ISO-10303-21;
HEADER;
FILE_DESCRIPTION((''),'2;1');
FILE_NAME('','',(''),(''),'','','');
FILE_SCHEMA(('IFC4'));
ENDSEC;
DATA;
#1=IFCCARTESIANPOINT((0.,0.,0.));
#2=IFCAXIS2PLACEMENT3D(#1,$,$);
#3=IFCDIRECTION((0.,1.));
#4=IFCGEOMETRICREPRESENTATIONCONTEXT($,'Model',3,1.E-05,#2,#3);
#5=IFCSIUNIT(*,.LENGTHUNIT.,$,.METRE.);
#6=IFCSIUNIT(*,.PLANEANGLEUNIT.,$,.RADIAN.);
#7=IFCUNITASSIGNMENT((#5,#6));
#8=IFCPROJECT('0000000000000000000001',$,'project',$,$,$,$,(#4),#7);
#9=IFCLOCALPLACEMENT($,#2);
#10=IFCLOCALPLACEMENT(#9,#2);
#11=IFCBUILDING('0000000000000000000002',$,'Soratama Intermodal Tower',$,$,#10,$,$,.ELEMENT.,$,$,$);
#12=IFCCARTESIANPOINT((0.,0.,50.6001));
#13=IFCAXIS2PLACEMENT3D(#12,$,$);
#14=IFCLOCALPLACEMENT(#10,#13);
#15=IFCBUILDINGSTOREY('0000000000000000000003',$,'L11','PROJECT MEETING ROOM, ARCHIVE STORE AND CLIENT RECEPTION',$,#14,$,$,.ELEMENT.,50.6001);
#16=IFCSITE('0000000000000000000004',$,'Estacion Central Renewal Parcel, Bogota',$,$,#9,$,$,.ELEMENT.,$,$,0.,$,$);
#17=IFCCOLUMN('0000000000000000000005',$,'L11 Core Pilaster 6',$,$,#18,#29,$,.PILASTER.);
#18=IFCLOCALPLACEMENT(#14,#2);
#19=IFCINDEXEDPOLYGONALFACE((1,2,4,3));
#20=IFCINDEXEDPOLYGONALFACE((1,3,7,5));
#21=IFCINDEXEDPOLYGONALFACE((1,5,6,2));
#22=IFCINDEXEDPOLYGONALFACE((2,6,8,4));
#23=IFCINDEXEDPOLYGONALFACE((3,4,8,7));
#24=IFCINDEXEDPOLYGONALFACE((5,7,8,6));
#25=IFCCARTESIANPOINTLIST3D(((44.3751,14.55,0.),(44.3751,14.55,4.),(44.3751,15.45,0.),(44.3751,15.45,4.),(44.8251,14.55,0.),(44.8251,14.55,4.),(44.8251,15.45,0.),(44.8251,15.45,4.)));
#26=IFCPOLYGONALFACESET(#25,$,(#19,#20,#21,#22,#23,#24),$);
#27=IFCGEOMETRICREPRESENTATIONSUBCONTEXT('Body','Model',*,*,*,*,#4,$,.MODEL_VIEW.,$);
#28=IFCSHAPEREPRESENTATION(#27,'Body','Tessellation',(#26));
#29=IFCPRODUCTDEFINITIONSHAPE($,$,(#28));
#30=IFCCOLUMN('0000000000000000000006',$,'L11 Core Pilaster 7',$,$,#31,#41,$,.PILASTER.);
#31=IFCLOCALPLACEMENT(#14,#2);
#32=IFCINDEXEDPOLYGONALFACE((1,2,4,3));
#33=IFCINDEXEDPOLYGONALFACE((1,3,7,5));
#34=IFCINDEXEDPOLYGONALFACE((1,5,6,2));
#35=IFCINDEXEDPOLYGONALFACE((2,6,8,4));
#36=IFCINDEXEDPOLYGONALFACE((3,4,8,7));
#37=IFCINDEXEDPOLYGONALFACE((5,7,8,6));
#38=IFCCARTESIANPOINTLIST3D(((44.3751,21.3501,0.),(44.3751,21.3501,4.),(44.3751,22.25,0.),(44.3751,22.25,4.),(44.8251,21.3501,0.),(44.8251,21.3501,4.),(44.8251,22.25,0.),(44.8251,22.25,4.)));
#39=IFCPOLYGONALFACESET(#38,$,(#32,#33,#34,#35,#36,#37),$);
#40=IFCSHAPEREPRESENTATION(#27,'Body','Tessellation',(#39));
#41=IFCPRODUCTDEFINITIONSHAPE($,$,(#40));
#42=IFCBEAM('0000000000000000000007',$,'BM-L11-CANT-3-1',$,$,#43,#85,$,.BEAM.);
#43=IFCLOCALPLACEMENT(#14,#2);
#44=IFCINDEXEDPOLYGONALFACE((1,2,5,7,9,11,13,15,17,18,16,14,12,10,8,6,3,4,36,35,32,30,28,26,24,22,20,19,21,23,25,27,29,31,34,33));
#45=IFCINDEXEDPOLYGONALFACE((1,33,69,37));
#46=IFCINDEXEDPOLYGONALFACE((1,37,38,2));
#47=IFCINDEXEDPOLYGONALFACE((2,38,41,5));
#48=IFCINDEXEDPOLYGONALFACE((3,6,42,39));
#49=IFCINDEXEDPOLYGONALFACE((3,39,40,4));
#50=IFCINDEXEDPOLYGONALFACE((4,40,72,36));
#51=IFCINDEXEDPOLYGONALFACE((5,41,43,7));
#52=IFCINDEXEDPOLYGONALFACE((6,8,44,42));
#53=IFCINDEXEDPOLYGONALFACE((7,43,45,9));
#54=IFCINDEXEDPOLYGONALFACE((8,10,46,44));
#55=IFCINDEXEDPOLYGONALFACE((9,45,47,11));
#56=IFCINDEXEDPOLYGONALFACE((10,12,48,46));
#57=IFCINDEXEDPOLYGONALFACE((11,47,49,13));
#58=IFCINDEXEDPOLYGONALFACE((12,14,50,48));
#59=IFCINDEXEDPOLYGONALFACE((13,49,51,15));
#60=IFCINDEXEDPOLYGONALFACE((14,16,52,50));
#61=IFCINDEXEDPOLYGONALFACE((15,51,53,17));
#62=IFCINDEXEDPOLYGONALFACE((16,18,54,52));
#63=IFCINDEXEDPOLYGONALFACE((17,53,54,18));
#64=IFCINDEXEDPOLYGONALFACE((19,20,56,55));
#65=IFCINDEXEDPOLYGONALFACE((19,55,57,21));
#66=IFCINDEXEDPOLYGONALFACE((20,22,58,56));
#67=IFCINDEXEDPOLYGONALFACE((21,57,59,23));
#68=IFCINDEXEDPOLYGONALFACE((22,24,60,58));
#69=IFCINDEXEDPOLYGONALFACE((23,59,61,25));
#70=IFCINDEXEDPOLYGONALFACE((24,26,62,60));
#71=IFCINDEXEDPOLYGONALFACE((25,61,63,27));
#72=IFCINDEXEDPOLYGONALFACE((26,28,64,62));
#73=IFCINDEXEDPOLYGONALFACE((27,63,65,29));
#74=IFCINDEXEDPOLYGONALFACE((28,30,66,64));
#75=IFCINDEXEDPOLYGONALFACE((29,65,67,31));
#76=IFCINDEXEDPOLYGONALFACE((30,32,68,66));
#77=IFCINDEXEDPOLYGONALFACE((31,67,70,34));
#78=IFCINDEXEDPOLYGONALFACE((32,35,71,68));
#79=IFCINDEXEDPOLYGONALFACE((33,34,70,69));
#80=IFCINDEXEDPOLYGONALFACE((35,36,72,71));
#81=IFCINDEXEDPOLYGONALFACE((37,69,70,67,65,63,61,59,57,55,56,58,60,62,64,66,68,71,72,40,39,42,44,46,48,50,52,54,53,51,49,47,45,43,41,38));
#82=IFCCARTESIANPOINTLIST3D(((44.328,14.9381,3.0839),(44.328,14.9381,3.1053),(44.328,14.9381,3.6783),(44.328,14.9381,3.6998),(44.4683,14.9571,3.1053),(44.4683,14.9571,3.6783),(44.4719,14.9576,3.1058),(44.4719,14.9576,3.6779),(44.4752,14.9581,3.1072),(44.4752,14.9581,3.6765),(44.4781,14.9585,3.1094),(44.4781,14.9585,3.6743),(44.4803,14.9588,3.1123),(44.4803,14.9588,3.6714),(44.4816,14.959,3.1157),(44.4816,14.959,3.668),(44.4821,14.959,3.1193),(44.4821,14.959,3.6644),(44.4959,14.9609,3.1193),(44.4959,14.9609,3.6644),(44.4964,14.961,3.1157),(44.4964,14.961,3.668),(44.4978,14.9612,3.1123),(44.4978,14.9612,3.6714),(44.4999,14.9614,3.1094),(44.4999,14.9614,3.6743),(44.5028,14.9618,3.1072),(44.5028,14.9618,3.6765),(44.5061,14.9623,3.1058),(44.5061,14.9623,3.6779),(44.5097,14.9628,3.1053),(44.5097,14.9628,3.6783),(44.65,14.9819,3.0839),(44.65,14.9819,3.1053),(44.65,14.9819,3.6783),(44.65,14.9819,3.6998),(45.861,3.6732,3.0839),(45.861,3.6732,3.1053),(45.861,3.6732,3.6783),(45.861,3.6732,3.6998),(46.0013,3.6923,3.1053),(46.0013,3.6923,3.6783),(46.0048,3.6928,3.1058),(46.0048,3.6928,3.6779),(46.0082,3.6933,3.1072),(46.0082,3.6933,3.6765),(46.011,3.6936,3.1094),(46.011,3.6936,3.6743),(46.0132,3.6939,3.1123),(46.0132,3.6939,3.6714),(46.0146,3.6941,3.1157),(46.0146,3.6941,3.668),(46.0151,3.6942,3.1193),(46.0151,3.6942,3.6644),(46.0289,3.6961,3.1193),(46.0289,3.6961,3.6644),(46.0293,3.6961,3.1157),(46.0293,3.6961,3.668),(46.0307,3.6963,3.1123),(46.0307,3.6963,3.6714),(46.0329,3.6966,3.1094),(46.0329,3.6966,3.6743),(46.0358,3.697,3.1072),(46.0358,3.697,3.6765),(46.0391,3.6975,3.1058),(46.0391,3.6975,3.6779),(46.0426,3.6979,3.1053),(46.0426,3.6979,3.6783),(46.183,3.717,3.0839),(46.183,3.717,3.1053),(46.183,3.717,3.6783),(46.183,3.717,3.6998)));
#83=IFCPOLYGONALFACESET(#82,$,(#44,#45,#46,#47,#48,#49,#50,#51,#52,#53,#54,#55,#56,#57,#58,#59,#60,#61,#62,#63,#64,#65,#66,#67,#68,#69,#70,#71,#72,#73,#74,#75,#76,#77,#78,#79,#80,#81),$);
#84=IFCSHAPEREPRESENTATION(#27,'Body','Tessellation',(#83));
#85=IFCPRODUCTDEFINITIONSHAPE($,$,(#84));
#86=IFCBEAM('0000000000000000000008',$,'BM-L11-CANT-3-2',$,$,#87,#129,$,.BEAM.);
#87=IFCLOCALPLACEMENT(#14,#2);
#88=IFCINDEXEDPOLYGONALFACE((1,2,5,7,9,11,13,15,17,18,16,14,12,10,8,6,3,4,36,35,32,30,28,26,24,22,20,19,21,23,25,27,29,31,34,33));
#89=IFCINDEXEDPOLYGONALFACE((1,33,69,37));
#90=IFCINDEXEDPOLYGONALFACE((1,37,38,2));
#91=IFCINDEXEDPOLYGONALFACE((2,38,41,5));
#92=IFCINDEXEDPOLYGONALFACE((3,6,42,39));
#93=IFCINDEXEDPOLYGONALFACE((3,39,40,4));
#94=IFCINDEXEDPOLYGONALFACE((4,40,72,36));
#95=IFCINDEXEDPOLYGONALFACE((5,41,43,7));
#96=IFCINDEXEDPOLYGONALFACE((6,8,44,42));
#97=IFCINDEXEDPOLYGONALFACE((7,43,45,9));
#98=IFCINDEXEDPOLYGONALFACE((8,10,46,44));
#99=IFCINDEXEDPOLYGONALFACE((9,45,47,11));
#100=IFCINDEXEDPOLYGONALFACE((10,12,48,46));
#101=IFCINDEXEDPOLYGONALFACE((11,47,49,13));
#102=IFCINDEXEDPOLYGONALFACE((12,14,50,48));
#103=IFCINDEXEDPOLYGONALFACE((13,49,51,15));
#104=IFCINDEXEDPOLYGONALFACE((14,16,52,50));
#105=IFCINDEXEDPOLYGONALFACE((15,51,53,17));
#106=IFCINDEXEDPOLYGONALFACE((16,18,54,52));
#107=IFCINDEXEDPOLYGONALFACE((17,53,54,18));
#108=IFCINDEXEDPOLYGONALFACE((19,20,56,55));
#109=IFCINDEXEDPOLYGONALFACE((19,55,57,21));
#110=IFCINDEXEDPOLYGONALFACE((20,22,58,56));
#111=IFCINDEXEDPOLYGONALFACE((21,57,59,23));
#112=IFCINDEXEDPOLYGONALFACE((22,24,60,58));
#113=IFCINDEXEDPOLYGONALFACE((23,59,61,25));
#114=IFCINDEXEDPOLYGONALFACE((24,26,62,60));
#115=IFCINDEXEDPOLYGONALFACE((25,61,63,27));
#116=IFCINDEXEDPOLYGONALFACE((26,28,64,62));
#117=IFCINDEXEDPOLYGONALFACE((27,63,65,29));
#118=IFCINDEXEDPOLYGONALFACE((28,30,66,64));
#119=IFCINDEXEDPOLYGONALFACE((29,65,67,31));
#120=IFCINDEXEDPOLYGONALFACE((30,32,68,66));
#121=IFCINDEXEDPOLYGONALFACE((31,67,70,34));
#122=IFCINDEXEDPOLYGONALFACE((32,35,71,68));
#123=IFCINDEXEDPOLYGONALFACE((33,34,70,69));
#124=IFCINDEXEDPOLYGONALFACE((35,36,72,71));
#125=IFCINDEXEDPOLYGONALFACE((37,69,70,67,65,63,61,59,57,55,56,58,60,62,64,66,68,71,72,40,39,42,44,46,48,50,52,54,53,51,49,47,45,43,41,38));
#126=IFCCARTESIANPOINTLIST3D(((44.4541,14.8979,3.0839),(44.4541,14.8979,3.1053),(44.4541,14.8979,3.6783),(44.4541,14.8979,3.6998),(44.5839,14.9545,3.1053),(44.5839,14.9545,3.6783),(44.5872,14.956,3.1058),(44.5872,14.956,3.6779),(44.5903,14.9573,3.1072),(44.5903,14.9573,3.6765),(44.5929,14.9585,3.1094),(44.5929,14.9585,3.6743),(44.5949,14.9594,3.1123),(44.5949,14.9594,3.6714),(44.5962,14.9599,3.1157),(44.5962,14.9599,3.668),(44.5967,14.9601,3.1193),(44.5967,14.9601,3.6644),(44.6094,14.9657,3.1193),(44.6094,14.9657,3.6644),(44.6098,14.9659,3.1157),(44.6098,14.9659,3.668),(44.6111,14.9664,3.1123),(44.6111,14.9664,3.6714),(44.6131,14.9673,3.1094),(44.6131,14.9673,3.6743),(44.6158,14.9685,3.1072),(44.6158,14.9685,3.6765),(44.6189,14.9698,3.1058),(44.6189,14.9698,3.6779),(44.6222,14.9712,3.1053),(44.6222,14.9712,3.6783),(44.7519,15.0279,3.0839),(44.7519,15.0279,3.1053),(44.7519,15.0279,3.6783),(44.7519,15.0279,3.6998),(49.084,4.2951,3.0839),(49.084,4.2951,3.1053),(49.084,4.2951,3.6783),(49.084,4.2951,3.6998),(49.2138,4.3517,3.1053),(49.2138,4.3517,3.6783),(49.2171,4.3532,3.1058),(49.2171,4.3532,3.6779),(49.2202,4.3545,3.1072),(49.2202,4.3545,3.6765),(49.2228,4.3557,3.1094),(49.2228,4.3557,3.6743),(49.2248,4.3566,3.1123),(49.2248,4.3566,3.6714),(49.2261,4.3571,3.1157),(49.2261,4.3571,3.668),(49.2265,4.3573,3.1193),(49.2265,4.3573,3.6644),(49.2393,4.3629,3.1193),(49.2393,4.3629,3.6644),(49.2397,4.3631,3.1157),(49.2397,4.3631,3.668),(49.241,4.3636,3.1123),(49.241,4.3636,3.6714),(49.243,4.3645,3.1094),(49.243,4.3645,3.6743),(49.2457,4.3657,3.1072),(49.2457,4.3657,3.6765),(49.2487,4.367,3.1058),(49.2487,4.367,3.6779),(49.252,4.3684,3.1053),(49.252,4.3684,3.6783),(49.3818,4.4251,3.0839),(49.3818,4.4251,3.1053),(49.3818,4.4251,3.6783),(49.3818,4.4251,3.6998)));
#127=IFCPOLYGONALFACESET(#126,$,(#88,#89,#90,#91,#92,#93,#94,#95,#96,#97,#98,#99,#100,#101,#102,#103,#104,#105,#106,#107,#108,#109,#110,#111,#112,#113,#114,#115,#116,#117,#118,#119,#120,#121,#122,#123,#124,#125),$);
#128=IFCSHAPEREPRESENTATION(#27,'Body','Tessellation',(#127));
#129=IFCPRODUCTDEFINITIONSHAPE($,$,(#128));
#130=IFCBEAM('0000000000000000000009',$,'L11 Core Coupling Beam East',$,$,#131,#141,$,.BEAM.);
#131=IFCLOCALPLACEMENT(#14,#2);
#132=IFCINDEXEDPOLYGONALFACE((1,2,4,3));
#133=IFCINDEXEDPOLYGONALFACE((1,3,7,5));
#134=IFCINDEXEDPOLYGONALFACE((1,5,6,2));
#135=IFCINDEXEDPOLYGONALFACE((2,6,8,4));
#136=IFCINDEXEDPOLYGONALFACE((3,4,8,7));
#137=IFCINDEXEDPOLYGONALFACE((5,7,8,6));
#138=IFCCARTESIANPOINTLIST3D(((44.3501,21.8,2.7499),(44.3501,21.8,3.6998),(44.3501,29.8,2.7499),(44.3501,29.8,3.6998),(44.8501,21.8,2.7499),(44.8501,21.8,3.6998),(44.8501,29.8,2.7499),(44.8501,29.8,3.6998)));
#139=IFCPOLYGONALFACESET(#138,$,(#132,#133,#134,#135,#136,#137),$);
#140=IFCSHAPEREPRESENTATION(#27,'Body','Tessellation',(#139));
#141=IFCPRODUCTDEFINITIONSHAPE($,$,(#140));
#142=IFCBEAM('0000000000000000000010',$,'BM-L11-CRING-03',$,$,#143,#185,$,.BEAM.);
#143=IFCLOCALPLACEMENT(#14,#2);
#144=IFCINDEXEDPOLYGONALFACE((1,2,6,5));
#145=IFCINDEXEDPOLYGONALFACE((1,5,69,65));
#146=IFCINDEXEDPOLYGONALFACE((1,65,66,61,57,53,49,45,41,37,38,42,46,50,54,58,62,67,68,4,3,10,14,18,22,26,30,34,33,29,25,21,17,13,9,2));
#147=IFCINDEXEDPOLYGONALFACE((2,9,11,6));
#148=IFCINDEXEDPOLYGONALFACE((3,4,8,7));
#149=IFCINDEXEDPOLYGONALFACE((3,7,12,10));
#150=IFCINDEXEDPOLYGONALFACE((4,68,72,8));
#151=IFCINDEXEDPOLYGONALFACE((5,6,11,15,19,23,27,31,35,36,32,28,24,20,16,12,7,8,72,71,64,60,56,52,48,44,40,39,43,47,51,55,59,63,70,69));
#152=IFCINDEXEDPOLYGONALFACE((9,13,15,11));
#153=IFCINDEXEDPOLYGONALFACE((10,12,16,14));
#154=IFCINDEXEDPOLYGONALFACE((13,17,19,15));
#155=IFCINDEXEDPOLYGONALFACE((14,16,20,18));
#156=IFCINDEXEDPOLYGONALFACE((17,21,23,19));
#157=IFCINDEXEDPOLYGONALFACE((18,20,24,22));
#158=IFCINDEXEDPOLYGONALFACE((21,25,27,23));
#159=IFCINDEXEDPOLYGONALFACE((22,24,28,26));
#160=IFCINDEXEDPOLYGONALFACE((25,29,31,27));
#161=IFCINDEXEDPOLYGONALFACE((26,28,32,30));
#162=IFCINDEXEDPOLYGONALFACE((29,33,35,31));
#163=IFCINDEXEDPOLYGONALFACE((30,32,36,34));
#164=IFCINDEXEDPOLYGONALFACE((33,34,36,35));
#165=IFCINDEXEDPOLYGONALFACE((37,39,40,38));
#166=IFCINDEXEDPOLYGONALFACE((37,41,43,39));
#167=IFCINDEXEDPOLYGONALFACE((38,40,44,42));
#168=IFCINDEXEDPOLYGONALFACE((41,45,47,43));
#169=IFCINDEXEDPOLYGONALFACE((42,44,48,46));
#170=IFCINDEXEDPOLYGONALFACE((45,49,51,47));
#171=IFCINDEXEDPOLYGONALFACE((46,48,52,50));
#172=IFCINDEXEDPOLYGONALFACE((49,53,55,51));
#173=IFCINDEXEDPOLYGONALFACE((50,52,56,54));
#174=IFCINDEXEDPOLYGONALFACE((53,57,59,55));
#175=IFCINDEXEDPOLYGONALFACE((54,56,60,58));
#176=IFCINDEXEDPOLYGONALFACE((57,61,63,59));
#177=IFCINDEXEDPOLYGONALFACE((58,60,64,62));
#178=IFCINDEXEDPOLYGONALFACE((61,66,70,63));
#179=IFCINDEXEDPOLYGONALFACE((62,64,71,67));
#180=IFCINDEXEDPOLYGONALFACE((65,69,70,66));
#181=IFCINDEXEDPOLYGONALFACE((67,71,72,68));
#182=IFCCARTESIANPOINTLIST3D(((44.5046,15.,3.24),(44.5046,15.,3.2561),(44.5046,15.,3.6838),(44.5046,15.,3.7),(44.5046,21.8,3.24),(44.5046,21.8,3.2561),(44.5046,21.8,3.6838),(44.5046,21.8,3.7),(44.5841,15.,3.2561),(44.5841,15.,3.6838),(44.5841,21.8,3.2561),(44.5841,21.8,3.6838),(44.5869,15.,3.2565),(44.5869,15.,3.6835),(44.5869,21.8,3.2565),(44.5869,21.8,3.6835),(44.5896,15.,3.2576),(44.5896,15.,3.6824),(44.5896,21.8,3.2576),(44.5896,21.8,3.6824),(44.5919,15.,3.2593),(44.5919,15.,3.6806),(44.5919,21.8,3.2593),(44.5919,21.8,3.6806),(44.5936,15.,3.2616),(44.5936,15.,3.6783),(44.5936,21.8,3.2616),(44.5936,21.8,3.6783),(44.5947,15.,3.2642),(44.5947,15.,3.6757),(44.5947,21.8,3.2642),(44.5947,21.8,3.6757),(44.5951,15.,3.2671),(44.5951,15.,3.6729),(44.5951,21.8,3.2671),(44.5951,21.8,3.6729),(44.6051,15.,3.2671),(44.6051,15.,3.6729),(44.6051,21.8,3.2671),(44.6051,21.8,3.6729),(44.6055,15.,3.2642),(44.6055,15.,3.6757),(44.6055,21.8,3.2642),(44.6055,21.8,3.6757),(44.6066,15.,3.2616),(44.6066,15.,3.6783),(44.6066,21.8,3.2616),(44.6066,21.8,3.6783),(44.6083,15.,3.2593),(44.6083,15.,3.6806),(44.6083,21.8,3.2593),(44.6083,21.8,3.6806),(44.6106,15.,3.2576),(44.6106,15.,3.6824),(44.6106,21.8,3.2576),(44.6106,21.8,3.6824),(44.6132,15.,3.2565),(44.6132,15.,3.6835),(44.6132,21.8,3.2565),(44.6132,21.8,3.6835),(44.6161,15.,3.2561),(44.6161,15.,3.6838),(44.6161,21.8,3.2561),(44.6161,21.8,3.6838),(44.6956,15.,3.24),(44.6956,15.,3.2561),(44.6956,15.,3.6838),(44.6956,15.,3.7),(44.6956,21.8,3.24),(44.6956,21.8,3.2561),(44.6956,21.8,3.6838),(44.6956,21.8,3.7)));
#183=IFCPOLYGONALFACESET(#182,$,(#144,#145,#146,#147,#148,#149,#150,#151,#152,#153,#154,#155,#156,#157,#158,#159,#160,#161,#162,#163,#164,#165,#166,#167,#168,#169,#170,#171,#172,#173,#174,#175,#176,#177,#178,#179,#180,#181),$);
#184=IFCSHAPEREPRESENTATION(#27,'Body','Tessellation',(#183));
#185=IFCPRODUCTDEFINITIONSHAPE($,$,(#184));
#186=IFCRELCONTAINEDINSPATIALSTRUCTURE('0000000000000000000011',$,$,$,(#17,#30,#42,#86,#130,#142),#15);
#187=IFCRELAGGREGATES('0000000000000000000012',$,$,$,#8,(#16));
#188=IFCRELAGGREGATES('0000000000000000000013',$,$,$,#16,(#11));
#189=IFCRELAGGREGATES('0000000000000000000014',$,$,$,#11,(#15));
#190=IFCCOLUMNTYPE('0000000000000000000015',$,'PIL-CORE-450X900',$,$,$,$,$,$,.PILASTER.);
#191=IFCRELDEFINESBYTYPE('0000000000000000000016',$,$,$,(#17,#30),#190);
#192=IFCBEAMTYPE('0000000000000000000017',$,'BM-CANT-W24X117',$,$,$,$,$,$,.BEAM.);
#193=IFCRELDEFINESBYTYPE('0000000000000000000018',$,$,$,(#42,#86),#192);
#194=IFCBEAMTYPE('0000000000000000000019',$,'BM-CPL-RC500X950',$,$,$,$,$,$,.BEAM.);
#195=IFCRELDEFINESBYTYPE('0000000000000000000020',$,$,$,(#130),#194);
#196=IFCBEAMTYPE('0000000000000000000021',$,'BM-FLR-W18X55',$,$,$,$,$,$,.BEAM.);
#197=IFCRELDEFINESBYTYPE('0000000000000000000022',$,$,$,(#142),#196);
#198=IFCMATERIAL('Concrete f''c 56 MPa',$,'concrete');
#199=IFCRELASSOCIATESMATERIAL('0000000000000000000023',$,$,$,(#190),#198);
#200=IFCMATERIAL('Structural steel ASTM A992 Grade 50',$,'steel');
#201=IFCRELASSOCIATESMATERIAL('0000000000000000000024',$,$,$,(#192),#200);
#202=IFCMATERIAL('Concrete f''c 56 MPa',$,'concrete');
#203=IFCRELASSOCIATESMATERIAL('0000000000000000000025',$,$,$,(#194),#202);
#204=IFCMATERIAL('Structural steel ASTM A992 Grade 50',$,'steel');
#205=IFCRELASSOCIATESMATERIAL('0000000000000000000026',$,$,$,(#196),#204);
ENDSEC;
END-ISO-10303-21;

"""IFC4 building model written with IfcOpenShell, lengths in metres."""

from ifc_helpers import new_model, si_unit, direction, frame, origin, origin_2d, place, context, subcontext, project, spatial, rectangle, i_section, extrude, material, material_profile, profile_set, type_object, element, save


model = new_model("IFC4")

# Units and contexts
model_context = context("Model", 3, precision=1e-05, world=origin(), true_north=direction((0.0, 1.0)))
body_context = subcontext(model_context, "Body", "Model", "MODEL_VIEW")
ifc_project = project(units=[si_unit("LENGTHUNIT", "METRE"), si_unit("PLANEANGLEUNIT", "RADIAN")], contexts=[model_context])

# Site, building, storey
site_placement = place(None, origin())
site = spatial("IfcSite", under=ifc_project, at=site_placement, Name="Estacion Central Renewal Parcel, Bogota", CompositionType="ELEMENT", RefElevation=0.0)
building_placement = place(site_placement, origin())
building = spatial("IfcBuilding", under=site, at=building_placement, Name="Soratama Intermodal Tower", CompositionType="ELEMENT")
storey_placement = place(building_placement, frame((0.0, 0.0, 50.6001)))
storey = spatial("IfcBuildingStorey", under=building, at=storey_placement, Name="L11", Description="PROJECT MEETING ROOM, ARCHIVE STORE AND CLIENT RECEPTION", CompositionType="ELEMENT", Elevation=50.6001)

# Columns
ifc_material_1 = material(Name="Concrete f'c 56 MPa", Category="concrete")
ifc_material_profile_1 = material_profile(ifc_material_1, rectangle(XDim=0.45, YDim=0.8999, at=origin_2d()), Name="RC450X900")
ifc_profile_set_1 = profile_set([ifc_material_profile_1], Name="Concrete f'c 56 MPa")
column_type = type_object("IfcColumnType", Name="PIL-CORE-450X900", PredefinedType="PILASTER", material=ifc_profile_set_1)
for number, where, z_axis, x_axis, name in (
    (1, (44.6001, 15.0, 0.0), (0.0, 0.0, 1.0), (1.0, 0.0, 0.0), "L11 Core Pilaster 6"),
    (2, (44.6001, 21.8, 0.0), (0.0, 0.0, 1.0), (1.0, 0.0, 0.0), "L11 Core Pilaster 7"),
):
    element("IfcColumn", number, at=place(storey_placement, frame(where, z_axis=z_axis, x_axis=x_axis)), inside=storey, type_object=column_type, Name=name, PredefinedType="PILASTER", context=body_context, shape_type="SweptSolid", body=[
        extrude(rectangle(XDim=0.45, YDim=0.8999, at=origin_2d()), origin(), (0.0, 0.0, 1.0), 4.0),
    ])

# Beams
ifc_material_2 = material(Name="Structural steel ASTM A992 Grade 50", Category="steel")
ifc_material_profile_2 = material_profile(ifc_material_2, i_section(OverallWidth=0.325, OverallDepth=0.616, WebThickness=0.0139, FlangeThickness=0.0215, FilletRadius=0.0139, at=origin_2d()), Name="W24X117")
ifc_profile_set_2 = profile_set([ifc_material_profile_2], Name="Structural steel ASTM A992 Grade 50")
beam_type_1 = type_object("IfcBeamType", Name="BM-CANT-W24X117", PredefinedType="BEAM", material=ifc_profile_set_2)
beam_1_placement = place(storey_placement, frame((44.489, 14.96, 3.3918), z_axis=(0.13484, -0.990867, 0.0), x_axis=(0.990867, 0.13484, 0.0)))
element("IfcBeam", 3, at=beam_1_placement, inside=storey, type_object=beam_type_1, Name="BM-L11-CANT-3-1", PredefinedType="BEAM", context=body_context, shape_type="SweptSolid", body=[
    extrude(i_section(OverallWidth=0.325, OverallDepth=0.616, WebThickness=0.0139, FlangeThickness=0.0215, FilletRadius=0.0139, at=origin_2d()), origin(), (0.0, 0.0, 1.0), 11.3687),
])
beam_2_placement = place(storey_placement, frame((44.603, 14.9629, 3.3918), z_axis=(0.400178, -0.916438, 0.0), x_axis=(0.916438, 0.400178, 0.0)))
element("IfcBeam", 4, at=beam_2_placement, inside=storey, type_object=beam_type_1, Name="BM-L11-CANT-3-2", PredefinedType="BEAM", context=body_context, shape_type="SweptSolid", body=[
    extrude(i_section(OverallWidth=0.325, OverallDepth=0.616, WebThickness=0.0139, FlangeThickness=0.0215, FilletRadius=0.0139, at=origin_2d()), origin(), (0.0, 0.0, 1.0), 11.5696),
])
ifc_material_3 = material(Name="Concrete f'c 56 MPa", Category="concrete")
ifc_material_profile_3 = material_profile(ifc_material_3, rectangle(XDim=0.5, YDim=0.95, at=origin_2d()), Name="RC500X950")
ifc_profile_set_3 = profile_set([ifc_material_profile_3], Name="Concrete f'c 56 MPa")
beam_type_2 = type_object("IfcBeamType", Name="BM-CPL-RC500X950", PredefinedType="BEAM", material=ifc_profile_set_3)
beam_3_placement = place(storey_placement, frame((44.6001, 21.8, 3.2249), z_axis=(0.0, 1.0, 0.0), x_axis=(-1.0, 0.0, 0.0)))
element("IfcBeam", 5, at=beam_3_placement, inside=storey, type_object=beam_type_2, Name="L11 Core Coupling Beam East", PredefinedType="BEAM", context=body_context, shape_type="SweptSolid", body=[
    extrude(rectangle(XDim=0.5, YDim=0.95, at=origin_2d()), origin(), (0.0, 0.0, 1.0), 8.0),
])
ifc_material_4 = material(Name="Structural steel ASTM A992 Grade 50", Category="steel")
ifc_material_profile_4 = material_profile(ifc_material_4, i_section(OverallWidth=0.1909, OverallDepth=0.46, WebThickness=0.01, FlangeThickness=0.0161, FilletRadius=0.011, at=origin_2d()), Name="W18X55")
ifc_profile_set_4 = profile_set([ifc_material_profile_4], Name="Structural steel ASTM A992 Grade 50")
beam_type_3 = type_object("IfcBeamType", Name="BM-FLR-W18X55", PredefinedType="BEAM", material=ifc_profile_set_4)
beam_4_placement = place(storey_placement, frame((44.6001, 15.0, 3.47), z_axis=(0.0, 1.0, 0.0), x_axis=(-1.0, 0.0, 0.0)))
element("IfcBeam", 6, at=beam_4_placement, inside=storey, type_object=beam_type_3, Name="BM-L11-CRING-03", PredefinedType="BEAM", context=body_context, shape_type="SweptSolid", body=[
    extrude(i_section(OverallWidth=0.1909, OverallDepth=0.46, WebThickness=0.01, FlangeThickness=0.0161, FilletRadius=0.011, at=origin_2d()), origin(), (0.0, 0.0, 1.0), 6.8),
])

save(model, "model.ifc")
